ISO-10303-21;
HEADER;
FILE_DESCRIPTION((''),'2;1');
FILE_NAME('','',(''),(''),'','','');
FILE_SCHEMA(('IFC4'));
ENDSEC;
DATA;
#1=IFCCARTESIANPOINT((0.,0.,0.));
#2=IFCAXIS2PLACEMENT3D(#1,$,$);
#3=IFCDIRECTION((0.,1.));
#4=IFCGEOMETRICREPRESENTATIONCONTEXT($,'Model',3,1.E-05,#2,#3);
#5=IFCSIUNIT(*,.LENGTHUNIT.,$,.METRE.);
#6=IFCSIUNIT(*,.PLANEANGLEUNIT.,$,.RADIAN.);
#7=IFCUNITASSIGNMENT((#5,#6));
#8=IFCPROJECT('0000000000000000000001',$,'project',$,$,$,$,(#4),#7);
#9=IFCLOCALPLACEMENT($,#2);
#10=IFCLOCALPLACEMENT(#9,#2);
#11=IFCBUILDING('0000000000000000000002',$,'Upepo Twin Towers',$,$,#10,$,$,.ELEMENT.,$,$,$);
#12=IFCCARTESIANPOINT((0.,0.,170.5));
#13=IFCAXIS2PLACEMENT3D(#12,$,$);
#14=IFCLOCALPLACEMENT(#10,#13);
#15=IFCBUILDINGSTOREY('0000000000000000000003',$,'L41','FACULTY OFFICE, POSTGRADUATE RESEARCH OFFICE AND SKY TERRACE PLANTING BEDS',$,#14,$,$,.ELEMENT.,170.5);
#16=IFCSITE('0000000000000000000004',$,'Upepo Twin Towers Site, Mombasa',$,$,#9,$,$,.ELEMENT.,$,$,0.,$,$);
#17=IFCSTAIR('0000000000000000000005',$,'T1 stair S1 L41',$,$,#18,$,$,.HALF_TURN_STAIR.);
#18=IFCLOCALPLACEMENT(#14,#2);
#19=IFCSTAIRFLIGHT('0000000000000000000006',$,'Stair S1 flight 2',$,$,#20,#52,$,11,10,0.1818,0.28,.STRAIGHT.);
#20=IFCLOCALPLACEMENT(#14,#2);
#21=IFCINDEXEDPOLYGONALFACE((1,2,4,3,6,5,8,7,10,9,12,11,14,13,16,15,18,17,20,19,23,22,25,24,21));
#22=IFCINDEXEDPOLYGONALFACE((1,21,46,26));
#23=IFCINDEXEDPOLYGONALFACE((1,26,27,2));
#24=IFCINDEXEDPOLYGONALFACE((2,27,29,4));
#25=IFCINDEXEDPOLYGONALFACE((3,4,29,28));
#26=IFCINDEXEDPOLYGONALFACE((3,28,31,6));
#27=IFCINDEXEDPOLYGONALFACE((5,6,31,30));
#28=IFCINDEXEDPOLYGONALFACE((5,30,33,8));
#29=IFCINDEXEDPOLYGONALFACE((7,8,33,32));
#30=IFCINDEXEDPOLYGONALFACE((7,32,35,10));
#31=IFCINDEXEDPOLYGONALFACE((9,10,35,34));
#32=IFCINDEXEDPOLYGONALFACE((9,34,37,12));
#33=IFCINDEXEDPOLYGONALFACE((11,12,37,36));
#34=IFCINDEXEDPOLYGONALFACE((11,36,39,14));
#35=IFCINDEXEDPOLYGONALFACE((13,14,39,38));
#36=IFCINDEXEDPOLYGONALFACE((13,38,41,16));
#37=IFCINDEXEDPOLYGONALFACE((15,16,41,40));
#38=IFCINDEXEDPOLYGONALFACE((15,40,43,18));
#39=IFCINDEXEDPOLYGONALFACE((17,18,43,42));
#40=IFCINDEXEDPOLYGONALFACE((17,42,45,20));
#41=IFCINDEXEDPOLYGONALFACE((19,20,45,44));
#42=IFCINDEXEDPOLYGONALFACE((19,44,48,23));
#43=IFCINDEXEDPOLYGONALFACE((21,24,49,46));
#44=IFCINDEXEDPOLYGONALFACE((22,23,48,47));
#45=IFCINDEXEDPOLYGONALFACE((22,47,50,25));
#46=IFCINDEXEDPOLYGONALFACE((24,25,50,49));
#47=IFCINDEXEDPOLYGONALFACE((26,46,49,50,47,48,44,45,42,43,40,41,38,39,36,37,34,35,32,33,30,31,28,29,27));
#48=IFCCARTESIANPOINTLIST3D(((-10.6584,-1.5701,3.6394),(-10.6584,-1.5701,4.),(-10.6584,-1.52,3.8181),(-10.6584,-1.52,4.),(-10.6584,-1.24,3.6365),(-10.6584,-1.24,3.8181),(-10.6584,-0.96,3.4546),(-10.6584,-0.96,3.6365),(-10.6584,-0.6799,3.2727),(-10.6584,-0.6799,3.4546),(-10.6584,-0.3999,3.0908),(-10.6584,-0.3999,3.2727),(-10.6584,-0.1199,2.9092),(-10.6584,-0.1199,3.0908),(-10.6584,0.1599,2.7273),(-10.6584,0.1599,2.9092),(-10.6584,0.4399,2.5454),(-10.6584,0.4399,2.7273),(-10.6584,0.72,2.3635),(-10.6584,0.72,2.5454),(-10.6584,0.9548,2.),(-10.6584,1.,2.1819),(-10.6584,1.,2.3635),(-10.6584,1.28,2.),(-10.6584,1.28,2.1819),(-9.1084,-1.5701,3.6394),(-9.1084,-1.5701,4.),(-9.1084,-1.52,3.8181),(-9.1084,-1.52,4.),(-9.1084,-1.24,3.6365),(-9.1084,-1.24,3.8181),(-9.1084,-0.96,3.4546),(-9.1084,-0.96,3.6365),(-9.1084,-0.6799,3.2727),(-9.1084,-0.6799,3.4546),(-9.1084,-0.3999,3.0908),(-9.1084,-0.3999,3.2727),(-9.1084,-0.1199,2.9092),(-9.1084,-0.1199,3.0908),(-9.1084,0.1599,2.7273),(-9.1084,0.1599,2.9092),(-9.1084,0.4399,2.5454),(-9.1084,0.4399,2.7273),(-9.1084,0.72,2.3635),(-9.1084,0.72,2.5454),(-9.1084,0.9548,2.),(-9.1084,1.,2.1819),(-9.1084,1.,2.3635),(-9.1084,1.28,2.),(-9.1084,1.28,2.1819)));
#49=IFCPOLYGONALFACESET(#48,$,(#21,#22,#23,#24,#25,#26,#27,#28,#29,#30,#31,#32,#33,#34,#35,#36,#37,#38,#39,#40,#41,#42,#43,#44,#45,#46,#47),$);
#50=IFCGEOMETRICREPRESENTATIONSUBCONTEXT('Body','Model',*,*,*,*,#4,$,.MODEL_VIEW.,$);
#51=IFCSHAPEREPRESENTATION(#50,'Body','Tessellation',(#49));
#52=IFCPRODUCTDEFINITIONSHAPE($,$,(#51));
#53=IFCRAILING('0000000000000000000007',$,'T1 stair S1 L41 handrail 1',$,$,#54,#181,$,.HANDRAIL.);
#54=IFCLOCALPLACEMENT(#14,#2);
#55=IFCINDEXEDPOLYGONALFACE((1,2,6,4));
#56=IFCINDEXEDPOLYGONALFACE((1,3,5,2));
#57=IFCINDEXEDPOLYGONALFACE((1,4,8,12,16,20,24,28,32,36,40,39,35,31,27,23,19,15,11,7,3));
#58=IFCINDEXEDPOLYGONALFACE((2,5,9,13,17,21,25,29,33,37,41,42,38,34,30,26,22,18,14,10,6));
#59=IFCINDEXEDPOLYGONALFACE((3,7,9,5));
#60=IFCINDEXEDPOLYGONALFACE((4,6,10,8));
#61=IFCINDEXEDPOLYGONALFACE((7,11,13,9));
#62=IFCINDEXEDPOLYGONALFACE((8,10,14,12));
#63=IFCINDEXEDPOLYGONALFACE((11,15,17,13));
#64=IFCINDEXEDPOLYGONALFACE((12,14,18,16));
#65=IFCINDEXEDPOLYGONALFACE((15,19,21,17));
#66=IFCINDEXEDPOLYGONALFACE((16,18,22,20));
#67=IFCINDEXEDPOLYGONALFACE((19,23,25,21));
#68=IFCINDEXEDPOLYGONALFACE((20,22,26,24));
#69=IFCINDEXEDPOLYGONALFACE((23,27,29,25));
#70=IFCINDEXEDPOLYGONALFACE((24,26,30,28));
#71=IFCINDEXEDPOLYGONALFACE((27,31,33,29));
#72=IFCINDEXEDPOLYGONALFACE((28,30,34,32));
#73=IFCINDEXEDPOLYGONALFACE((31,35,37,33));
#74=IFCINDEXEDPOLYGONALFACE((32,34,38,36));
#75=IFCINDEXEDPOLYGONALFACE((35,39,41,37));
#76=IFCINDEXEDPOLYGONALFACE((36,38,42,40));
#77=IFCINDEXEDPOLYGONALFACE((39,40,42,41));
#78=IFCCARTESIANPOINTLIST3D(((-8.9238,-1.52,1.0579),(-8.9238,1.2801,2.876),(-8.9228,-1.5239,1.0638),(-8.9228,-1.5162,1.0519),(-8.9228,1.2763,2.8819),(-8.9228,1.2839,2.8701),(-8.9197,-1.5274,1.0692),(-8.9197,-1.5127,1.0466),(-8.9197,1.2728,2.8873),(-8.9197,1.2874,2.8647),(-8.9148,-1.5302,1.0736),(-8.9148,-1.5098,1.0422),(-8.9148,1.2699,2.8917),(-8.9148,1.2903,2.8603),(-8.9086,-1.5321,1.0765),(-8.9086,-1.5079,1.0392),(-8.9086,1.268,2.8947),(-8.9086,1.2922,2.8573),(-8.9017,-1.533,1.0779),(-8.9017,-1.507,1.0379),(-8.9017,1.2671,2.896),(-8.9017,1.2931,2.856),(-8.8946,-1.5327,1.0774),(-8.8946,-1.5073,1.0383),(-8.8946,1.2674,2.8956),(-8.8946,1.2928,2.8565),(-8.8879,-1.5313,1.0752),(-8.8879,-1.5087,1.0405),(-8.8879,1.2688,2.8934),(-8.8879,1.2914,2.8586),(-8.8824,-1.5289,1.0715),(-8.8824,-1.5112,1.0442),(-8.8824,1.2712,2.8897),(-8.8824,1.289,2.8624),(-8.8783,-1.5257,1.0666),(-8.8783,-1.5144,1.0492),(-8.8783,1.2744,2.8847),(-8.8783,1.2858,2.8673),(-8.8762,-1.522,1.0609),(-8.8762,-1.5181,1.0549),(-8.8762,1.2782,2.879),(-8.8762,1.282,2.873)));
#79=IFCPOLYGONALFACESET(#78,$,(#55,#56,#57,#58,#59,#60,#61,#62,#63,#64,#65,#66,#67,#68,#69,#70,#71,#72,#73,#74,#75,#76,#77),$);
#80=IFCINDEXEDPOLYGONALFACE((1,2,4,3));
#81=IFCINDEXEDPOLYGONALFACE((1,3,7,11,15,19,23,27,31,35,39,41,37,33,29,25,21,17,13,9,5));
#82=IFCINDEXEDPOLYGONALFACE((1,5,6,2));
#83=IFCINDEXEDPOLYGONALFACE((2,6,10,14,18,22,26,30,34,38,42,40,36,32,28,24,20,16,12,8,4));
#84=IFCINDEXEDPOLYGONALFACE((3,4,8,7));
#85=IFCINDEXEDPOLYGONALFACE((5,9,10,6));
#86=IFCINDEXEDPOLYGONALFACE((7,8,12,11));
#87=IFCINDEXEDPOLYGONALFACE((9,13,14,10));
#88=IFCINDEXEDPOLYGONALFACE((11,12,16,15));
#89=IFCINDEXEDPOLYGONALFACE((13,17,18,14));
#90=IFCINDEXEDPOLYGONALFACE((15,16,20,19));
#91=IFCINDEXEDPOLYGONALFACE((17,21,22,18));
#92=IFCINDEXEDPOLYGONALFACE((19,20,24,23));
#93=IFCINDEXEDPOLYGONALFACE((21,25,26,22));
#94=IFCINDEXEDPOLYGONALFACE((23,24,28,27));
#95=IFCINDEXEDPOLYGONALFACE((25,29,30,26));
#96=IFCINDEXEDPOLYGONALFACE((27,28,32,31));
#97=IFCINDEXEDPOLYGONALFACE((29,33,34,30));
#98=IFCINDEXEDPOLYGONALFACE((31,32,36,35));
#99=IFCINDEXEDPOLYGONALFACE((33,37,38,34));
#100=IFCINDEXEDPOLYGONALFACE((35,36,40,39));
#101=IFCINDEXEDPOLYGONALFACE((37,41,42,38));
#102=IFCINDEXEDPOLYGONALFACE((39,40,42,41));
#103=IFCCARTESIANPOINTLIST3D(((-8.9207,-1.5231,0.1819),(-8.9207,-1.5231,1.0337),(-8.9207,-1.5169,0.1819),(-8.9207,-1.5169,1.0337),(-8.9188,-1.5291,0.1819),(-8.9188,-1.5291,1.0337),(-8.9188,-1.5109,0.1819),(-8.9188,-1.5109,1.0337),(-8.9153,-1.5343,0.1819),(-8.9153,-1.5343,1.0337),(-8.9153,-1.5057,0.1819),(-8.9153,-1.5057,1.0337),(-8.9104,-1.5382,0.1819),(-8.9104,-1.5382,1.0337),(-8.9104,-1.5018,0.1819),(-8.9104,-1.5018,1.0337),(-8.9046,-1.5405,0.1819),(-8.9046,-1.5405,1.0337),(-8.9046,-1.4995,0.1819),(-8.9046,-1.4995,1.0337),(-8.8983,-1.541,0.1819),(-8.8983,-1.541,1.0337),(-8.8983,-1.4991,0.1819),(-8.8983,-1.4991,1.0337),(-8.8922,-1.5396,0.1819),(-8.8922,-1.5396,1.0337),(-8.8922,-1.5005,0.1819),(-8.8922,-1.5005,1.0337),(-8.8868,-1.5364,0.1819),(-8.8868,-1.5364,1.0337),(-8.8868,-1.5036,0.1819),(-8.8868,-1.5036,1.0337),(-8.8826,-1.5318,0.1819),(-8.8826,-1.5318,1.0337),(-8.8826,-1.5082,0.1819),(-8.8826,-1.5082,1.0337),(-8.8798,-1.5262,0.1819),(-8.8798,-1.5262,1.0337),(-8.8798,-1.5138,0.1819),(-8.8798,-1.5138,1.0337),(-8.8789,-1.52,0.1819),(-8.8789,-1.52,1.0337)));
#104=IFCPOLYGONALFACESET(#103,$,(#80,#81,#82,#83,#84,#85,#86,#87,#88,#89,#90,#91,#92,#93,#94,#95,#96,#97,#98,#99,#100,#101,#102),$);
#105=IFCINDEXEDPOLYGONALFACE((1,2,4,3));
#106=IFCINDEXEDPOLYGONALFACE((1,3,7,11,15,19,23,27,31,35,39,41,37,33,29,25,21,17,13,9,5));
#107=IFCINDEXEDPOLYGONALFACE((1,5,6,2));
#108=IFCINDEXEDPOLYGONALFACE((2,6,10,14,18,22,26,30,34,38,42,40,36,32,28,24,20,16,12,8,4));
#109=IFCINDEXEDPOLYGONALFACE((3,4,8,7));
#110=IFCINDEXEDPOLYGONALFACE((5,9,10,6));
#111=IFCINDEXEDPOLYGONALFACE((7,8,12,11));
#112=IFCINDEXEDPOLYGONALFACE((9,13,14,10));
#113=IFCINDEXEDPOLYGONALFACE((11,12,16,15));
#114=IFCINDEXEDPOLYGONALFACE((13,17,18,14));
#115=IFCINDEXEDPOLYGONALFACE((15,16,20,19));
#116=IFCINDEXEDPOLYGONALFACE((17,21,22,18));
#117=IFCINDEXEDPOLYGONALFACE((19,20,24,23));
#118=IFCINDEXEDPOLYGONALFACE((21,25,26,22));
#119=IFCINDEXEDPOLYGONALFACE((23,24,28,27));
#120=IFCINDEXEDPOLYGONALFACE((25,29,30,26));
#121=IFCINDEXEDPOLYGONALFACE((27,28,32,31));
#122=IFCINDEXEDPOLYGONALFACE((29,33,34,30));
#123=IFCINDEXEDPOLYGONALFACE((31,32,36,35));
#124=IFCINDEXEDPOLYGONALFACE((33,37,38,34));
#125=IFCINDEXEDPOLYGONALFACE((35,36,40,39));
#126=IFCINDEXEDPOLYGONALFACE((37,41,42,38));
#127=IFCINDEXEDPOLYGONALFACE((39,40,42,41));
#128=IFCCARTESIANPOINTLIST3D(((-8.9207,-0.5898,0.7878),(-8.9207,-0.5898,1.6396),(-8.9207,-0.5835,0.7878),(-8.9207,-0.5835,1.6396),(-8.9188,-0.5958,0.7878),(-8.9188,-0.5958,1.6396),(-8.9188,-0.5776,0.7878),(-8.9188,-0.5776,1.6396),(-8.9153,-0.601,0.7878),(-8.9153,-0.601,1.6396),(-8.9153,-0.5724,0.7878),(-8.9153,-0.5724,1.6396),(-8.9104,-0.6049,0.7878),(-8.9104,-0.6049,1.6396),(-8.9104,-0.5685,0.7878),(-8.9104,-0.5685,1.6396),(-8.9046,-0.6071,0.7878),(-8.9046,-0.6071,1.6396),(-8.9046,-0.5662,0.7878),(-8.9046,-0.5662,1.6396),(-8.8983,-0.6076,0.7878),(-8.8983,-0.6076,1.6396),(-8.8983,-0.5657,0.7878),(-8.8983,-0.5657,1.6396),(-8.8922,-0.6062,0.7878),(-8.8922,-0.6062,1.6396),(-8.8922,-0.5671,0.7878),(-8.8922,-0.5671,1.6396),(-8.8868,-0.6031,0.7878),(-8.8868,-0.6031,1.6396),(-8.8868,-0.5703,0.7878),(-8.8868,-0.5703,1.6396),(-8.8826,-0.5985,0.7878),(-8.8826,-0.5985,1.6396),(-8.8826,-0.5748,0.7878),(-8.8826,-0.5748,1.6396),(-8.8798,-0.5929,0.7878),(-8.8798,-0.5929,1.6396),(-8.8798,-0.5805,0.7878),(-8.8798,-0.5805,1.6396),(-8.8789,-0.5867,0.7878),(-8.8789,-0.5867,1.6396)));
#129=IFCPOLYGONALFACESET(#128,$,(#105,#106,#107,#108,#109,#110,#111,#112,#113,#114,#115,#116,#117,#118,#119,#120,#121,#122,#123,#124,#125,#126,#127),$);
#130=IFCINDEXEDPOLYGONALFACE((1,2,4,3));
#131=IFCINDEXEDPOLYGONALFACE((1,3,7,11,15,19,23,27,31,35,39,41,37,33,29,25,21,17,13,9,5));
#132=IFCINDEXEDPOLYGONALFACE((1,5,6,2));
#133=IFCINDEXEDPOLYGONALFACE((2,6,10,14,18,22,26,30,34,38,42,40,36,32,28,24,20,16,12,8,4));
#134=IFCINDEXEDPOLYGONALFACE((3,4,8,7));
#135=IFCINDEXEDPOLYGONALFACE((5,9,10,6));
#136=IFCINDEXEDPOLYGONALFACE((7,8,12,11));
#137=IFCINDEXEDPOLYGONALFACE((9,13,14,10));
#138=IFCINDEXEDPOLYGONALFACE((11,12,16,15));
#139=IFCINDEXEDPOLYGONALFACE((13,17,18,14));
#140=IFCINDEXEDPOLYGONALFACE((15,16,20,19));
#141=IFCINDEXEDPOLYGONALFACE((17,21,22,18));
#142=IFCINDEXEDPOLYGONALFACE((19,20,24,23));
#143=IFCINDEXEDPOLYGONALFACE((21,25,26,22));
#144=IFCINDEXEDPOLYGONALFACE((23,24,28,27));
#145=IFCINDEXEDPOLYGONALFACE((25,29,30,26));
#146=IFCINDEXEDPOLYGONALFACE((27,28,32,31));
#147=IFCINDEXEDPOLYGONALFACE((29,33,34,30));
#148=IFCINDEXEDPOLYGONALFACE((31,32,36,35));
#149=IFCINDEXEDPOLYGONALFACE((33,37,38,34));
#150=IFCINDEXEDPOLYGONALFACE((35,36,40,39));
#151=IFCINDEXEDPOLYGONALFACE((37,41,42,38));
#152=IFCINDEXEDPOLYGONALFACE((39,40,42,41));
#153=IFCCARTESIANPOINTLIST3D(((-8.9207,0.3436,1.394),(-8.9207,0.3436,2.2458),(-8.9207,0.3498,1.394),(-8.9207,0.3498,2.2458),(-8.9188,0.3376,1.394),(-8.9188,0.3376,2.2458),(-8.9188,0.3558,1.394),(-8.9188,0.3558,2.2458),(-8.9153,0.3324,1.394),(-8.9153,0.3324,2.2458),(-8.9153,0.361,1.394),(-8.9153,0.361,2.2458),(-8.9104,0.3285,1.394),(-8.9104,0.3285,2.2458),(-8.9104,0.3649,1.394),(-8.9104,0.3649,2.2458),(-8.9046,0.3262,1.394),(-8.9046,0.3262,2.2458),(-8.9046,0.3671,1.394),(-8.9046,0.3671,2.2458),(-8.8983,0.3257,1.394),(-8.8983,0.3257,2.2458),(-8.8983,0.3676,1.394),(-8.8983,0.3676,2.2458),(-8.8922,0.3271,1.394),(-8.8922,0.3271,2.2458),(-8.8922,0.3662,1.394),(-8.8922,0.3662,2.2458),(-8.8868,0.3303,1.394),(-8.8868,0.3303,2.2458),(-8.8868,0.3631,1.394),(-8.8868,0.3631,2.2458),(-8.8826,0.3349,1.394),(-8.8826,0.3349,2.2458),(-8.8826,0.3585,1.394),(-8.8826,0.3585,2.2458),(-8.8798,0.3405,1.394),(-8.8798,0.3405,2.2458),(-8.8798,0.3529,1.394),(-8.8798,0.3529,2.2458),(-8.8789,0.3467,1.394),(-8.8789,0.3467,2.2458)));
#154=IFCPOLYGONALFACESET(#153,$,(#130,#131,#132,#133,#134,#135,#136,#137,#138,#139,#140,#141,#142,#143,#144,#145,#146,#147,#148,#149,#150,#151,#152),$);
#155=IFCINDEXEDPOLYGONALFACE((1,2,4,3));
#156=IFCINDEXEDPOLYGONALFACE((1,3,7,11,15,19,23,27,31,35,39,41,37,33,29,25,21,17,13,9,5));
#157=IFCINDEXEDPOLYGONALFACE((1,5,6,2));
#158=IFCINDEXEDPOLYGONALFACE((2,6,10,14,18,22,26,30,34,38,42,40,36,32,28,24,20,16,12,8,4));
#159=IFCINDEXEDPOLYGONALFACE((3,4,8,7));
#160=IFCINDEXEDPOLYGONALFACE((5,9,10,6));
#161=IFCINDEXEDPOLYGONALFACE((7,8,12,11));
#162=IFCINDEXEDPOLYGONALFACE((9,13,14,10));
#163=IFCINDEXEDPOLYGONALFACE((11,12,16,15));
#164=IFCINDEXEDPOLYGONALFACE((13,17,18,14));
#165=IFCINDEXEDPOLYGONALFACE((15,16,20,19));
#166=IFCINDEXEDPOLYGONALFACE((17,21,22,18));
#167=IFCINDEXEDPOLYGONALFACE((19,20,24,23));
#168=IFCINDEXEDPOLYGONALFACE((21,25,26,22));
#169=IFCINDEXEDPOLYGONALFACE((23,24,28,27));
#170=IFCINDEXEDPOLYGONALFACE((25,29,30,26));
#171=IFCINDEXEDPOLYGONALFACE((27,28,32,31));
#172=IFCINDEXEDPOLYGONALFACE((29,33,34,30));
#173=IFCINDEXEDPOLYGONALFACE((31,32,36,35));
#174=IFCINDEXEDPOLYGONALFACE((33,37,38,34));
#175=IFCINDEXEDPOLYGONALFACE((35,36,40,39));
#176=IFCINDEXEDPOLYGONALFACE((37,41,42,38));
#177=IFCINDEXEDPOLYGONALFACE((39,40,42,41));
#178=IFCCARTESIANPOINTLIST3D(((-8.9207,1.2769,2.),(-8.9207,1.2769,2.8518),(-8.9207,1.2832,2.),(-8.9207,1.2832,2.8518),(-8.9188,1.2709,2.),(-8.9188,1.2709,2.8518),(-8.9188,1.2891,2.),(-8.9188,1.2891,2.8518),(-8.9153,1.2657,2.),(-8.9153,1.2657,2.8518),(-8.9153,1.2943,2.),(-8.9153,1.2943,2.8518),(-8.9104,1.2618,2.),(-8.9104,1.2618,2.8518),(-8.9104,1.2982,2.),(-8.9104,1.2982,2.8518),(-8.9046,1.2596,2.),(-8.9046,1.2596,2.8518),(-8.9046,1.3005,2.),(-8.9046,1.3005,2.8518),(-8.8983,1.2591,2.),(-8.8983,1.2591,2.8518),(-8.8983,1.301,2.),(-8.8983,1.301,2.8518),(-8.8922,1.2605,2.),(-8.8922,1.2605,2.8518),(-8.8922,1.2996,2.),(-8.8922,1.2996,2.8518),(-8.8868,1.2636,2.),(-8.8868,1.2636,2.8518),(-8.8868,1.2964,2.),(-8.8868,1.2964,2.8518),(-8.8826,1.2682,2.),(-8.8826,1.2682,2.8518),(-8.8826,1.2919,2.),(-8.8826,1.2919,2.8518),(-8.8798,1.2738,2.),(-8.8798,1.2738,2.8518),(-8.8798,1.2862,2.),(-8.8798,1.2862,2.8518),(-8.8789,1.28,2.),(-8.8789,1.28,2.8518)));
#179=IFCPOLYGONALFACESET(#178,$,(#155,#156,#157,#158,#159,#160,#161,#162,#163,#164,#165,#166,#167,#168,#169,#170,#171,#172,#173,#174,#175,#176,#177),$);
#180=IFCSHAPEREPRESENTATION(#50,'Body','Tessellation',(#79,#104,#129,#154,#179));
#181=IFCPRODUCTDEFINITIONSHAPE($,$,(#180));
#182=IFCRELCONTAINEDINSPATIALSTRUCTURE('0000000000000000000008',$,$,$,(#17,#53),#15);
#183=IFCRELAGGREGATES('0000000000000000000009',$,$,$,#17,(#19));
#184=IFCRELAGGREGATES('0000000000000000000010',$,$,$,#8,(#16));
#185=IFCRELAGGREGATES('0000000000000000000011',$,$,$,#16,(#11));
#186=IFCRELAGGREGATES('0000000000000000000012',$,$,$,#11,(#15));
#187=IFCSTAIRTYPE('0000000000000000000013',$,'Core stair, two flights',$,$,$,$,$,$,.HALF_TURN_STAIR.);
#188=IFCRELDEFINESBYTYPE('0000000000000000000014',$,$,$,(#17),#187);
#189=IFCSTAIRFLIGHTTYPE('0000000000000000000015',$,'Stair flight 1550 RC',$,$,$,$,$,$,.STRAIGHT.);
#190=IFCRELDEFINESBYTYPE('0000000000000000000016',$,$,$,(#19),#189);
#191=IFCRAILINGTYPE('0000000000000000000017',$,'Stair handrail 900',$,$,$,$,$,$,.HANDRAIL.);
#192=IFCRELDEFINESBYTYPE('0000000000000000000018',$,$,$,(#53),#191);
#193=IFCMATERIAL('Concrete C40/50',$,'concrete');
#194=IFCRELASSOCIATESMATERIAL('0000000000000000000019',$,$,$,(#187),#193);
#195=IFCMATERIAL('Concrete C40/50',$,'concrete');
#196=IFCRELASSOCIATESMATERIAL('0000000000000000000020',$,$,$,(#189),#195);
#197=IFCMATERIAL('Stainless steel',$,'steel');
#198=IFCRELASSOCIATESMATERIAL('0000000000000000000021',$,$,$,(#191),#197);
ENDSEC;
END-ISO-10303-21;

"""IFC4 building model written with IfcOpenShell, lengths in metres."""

from ifc_helpers import new_model, si_unit, direction, frame, origin, origin_2d, place, context, subcontext, project, spatial, polyline, circle, outline, extrude, material, type_object, element, aggregate, save


model = new_model("IFC4")

# Units and contexts
model_context = context("Model", 3, precision=1e-05, world=origin(), true_north=direction((0.0, 1.0)))
body_context = subcontext(model_context, "Body", "Model", "MODEL_VIEW")
ifc_project = project(units=[si_unit("LENGTHUNIT", "METRE"), si_unit("PLANEANGLEUNIT", "RADIAN")], contexts=[model_context])

# Site, building, storey
site_placement = place(None, origin())
site = spatial("IfcSite", under=ifc_project, at=site_placement, Name="Upepo Twin Towers Site, Mombasa", CompositionType="ELEMENT", RefElevation=0.0)
building_placement = place(site_placement, origin())
building = spatial("IfcBuilding", under=site, at=building_placement, Name="Upepo Twin Towers", CompositionType="ELEMENT")
storey_placement = place(building_placement, frame((0.0, 0.0, 170.5)))
storey = spatial("IfcBuildingStorey", under=building, at=storey_placement, Name="L41", Description="FACULTY OFFICE, POSTGRADUATE RESEARCH OFFICE AND SKY TERRACE PLANTING BEDS", CompositionType="ELEMENT", Elevation=170.5)

# Stair, stair flight
ifc_material_1 = material(Name="Concrete C40/50", Category="concrete")
stair_type = type_object("IfcStairType", Name="Core stair, two flights", PredefinedType="HALF_TURN_STAIR", material=ifc_material_1)
stair_placement = place(storey_placement, origin())
stair = element("IfcStair", 1, at=stair_placement, inside=storey, type_object=stair_type, Name="T1 stair S1 L41", PredefinedType="HALF_TURN_STAIR")
ifc_material_2 = material(Name="Concrete C40/50", Category="concrete")
stair_flight_type = type_object("IfcStairFlightType", Name="Stair flight 1550 RC", PredefinedType="STRAIGHT", material=ifc_material_2)
stair_flight_1_placement = place(storey_placement, frame((-9.8833, 1.28, 2.0), z_axis=(0.0, 0.0, 1.0), x_axis=(0.0, -1.0, 0.0)))
stair_flight_1 = element("IfcStairFlight", 2, at=stair_flight_1_placement, type_object=stair_flight_type, Name="Stair S1 flight 2", NumberOfRisers=11, NumberOfTreads=10, PredefinedType="STRAIGHT", RiserHeight=0.1818, TreadLength=0.28, context=body_context, shape_type="SweptSolid", body=[
    extrude(outline(polyline([(0.0, 0.0), (0.0, 0.1819), (0.28, 0.1819), (0.28, 0.3635), (0.5601, 0.3635), (0.5601, 0.5454), (0.8401, 0.5454), (0.8401, 0.7273), (1.1201, 0.7273), (1.1201, 0.9092), (1.3999, 0.9092), (1.3999, 1.0908), (1.6799, 1.0908), (1.6799, 1.2727), (1.96, 1.2727), (1.96, 1.4546), (2.24, 1.4546), (2.24, 1.6365), (2.52, 1.6365), (2.52, 1.8181), (2.8, 1.8181), (2.8, 2.0), (2.8501, 2.0), (2.8501, 1.6394), (0.3252, 0.0), (0.0, 0.0)])), frame((0.0, 0.7749, 0.0), z_axis=(0.0, -1.0, 0.0), x_axis=(1.0, 0.0, 0.0)), (0.0, 0.0, 1.0), 1.55),
])
aggregate(stair, [stair_flight_1])

# Railing
ifc_material_3 = material(Name="Stainless steel", Category="steel")
railing_type = type_object("IfcRailingType", Name="Stair handrail 900", PredefinedType="HANDRAIL", material=ifc_material_3)
railing_1_placement = place(storey_placement, frame((-8.8999, -1.52, 0.1819)))
element("IfcRailing", 3, at=railing_1_placement, inside=storey, type_object=railing_type, Name="T1 stair S1 L41 handrail 1", PredefinedType="HANDRAIL", context=body_context, shape_type="SweptSolid", body=[
    extrude(circle(Radius=0.0239, at=origin_2d()), frame((0.0, 0.0, 0.876), z_axis=(0.0, 0.838706, 0.544585), x_axis=(-1.0, 0.0, 0.0)), (0.0, 0.0, 1.0), 3.3386),
    extrude(circle(Radius=0.021, at=origin_2d()), origin(), (0.0, 0.0, 1.0), 0.8518),
    extrude(circle(Radius=0.021, at=origin_2d()), frame((0.0, 0.9333, 0.606)), (0.0, 0.0, 1.0), 0.8518),
    extrude(circle(Radius=0.021, at=origin_2d()), frame((0.0, 1.8667, 1.2122)), (0.0, 0.0, 1.0), 0.8518),
    extrude(circle(Radius=0.021, at=origin_2d()), frame((0.0, 2.8, 1.8181)), (0.0, 0.0, 1.0), 0.8518),
])

save(model, "model.ifc")
